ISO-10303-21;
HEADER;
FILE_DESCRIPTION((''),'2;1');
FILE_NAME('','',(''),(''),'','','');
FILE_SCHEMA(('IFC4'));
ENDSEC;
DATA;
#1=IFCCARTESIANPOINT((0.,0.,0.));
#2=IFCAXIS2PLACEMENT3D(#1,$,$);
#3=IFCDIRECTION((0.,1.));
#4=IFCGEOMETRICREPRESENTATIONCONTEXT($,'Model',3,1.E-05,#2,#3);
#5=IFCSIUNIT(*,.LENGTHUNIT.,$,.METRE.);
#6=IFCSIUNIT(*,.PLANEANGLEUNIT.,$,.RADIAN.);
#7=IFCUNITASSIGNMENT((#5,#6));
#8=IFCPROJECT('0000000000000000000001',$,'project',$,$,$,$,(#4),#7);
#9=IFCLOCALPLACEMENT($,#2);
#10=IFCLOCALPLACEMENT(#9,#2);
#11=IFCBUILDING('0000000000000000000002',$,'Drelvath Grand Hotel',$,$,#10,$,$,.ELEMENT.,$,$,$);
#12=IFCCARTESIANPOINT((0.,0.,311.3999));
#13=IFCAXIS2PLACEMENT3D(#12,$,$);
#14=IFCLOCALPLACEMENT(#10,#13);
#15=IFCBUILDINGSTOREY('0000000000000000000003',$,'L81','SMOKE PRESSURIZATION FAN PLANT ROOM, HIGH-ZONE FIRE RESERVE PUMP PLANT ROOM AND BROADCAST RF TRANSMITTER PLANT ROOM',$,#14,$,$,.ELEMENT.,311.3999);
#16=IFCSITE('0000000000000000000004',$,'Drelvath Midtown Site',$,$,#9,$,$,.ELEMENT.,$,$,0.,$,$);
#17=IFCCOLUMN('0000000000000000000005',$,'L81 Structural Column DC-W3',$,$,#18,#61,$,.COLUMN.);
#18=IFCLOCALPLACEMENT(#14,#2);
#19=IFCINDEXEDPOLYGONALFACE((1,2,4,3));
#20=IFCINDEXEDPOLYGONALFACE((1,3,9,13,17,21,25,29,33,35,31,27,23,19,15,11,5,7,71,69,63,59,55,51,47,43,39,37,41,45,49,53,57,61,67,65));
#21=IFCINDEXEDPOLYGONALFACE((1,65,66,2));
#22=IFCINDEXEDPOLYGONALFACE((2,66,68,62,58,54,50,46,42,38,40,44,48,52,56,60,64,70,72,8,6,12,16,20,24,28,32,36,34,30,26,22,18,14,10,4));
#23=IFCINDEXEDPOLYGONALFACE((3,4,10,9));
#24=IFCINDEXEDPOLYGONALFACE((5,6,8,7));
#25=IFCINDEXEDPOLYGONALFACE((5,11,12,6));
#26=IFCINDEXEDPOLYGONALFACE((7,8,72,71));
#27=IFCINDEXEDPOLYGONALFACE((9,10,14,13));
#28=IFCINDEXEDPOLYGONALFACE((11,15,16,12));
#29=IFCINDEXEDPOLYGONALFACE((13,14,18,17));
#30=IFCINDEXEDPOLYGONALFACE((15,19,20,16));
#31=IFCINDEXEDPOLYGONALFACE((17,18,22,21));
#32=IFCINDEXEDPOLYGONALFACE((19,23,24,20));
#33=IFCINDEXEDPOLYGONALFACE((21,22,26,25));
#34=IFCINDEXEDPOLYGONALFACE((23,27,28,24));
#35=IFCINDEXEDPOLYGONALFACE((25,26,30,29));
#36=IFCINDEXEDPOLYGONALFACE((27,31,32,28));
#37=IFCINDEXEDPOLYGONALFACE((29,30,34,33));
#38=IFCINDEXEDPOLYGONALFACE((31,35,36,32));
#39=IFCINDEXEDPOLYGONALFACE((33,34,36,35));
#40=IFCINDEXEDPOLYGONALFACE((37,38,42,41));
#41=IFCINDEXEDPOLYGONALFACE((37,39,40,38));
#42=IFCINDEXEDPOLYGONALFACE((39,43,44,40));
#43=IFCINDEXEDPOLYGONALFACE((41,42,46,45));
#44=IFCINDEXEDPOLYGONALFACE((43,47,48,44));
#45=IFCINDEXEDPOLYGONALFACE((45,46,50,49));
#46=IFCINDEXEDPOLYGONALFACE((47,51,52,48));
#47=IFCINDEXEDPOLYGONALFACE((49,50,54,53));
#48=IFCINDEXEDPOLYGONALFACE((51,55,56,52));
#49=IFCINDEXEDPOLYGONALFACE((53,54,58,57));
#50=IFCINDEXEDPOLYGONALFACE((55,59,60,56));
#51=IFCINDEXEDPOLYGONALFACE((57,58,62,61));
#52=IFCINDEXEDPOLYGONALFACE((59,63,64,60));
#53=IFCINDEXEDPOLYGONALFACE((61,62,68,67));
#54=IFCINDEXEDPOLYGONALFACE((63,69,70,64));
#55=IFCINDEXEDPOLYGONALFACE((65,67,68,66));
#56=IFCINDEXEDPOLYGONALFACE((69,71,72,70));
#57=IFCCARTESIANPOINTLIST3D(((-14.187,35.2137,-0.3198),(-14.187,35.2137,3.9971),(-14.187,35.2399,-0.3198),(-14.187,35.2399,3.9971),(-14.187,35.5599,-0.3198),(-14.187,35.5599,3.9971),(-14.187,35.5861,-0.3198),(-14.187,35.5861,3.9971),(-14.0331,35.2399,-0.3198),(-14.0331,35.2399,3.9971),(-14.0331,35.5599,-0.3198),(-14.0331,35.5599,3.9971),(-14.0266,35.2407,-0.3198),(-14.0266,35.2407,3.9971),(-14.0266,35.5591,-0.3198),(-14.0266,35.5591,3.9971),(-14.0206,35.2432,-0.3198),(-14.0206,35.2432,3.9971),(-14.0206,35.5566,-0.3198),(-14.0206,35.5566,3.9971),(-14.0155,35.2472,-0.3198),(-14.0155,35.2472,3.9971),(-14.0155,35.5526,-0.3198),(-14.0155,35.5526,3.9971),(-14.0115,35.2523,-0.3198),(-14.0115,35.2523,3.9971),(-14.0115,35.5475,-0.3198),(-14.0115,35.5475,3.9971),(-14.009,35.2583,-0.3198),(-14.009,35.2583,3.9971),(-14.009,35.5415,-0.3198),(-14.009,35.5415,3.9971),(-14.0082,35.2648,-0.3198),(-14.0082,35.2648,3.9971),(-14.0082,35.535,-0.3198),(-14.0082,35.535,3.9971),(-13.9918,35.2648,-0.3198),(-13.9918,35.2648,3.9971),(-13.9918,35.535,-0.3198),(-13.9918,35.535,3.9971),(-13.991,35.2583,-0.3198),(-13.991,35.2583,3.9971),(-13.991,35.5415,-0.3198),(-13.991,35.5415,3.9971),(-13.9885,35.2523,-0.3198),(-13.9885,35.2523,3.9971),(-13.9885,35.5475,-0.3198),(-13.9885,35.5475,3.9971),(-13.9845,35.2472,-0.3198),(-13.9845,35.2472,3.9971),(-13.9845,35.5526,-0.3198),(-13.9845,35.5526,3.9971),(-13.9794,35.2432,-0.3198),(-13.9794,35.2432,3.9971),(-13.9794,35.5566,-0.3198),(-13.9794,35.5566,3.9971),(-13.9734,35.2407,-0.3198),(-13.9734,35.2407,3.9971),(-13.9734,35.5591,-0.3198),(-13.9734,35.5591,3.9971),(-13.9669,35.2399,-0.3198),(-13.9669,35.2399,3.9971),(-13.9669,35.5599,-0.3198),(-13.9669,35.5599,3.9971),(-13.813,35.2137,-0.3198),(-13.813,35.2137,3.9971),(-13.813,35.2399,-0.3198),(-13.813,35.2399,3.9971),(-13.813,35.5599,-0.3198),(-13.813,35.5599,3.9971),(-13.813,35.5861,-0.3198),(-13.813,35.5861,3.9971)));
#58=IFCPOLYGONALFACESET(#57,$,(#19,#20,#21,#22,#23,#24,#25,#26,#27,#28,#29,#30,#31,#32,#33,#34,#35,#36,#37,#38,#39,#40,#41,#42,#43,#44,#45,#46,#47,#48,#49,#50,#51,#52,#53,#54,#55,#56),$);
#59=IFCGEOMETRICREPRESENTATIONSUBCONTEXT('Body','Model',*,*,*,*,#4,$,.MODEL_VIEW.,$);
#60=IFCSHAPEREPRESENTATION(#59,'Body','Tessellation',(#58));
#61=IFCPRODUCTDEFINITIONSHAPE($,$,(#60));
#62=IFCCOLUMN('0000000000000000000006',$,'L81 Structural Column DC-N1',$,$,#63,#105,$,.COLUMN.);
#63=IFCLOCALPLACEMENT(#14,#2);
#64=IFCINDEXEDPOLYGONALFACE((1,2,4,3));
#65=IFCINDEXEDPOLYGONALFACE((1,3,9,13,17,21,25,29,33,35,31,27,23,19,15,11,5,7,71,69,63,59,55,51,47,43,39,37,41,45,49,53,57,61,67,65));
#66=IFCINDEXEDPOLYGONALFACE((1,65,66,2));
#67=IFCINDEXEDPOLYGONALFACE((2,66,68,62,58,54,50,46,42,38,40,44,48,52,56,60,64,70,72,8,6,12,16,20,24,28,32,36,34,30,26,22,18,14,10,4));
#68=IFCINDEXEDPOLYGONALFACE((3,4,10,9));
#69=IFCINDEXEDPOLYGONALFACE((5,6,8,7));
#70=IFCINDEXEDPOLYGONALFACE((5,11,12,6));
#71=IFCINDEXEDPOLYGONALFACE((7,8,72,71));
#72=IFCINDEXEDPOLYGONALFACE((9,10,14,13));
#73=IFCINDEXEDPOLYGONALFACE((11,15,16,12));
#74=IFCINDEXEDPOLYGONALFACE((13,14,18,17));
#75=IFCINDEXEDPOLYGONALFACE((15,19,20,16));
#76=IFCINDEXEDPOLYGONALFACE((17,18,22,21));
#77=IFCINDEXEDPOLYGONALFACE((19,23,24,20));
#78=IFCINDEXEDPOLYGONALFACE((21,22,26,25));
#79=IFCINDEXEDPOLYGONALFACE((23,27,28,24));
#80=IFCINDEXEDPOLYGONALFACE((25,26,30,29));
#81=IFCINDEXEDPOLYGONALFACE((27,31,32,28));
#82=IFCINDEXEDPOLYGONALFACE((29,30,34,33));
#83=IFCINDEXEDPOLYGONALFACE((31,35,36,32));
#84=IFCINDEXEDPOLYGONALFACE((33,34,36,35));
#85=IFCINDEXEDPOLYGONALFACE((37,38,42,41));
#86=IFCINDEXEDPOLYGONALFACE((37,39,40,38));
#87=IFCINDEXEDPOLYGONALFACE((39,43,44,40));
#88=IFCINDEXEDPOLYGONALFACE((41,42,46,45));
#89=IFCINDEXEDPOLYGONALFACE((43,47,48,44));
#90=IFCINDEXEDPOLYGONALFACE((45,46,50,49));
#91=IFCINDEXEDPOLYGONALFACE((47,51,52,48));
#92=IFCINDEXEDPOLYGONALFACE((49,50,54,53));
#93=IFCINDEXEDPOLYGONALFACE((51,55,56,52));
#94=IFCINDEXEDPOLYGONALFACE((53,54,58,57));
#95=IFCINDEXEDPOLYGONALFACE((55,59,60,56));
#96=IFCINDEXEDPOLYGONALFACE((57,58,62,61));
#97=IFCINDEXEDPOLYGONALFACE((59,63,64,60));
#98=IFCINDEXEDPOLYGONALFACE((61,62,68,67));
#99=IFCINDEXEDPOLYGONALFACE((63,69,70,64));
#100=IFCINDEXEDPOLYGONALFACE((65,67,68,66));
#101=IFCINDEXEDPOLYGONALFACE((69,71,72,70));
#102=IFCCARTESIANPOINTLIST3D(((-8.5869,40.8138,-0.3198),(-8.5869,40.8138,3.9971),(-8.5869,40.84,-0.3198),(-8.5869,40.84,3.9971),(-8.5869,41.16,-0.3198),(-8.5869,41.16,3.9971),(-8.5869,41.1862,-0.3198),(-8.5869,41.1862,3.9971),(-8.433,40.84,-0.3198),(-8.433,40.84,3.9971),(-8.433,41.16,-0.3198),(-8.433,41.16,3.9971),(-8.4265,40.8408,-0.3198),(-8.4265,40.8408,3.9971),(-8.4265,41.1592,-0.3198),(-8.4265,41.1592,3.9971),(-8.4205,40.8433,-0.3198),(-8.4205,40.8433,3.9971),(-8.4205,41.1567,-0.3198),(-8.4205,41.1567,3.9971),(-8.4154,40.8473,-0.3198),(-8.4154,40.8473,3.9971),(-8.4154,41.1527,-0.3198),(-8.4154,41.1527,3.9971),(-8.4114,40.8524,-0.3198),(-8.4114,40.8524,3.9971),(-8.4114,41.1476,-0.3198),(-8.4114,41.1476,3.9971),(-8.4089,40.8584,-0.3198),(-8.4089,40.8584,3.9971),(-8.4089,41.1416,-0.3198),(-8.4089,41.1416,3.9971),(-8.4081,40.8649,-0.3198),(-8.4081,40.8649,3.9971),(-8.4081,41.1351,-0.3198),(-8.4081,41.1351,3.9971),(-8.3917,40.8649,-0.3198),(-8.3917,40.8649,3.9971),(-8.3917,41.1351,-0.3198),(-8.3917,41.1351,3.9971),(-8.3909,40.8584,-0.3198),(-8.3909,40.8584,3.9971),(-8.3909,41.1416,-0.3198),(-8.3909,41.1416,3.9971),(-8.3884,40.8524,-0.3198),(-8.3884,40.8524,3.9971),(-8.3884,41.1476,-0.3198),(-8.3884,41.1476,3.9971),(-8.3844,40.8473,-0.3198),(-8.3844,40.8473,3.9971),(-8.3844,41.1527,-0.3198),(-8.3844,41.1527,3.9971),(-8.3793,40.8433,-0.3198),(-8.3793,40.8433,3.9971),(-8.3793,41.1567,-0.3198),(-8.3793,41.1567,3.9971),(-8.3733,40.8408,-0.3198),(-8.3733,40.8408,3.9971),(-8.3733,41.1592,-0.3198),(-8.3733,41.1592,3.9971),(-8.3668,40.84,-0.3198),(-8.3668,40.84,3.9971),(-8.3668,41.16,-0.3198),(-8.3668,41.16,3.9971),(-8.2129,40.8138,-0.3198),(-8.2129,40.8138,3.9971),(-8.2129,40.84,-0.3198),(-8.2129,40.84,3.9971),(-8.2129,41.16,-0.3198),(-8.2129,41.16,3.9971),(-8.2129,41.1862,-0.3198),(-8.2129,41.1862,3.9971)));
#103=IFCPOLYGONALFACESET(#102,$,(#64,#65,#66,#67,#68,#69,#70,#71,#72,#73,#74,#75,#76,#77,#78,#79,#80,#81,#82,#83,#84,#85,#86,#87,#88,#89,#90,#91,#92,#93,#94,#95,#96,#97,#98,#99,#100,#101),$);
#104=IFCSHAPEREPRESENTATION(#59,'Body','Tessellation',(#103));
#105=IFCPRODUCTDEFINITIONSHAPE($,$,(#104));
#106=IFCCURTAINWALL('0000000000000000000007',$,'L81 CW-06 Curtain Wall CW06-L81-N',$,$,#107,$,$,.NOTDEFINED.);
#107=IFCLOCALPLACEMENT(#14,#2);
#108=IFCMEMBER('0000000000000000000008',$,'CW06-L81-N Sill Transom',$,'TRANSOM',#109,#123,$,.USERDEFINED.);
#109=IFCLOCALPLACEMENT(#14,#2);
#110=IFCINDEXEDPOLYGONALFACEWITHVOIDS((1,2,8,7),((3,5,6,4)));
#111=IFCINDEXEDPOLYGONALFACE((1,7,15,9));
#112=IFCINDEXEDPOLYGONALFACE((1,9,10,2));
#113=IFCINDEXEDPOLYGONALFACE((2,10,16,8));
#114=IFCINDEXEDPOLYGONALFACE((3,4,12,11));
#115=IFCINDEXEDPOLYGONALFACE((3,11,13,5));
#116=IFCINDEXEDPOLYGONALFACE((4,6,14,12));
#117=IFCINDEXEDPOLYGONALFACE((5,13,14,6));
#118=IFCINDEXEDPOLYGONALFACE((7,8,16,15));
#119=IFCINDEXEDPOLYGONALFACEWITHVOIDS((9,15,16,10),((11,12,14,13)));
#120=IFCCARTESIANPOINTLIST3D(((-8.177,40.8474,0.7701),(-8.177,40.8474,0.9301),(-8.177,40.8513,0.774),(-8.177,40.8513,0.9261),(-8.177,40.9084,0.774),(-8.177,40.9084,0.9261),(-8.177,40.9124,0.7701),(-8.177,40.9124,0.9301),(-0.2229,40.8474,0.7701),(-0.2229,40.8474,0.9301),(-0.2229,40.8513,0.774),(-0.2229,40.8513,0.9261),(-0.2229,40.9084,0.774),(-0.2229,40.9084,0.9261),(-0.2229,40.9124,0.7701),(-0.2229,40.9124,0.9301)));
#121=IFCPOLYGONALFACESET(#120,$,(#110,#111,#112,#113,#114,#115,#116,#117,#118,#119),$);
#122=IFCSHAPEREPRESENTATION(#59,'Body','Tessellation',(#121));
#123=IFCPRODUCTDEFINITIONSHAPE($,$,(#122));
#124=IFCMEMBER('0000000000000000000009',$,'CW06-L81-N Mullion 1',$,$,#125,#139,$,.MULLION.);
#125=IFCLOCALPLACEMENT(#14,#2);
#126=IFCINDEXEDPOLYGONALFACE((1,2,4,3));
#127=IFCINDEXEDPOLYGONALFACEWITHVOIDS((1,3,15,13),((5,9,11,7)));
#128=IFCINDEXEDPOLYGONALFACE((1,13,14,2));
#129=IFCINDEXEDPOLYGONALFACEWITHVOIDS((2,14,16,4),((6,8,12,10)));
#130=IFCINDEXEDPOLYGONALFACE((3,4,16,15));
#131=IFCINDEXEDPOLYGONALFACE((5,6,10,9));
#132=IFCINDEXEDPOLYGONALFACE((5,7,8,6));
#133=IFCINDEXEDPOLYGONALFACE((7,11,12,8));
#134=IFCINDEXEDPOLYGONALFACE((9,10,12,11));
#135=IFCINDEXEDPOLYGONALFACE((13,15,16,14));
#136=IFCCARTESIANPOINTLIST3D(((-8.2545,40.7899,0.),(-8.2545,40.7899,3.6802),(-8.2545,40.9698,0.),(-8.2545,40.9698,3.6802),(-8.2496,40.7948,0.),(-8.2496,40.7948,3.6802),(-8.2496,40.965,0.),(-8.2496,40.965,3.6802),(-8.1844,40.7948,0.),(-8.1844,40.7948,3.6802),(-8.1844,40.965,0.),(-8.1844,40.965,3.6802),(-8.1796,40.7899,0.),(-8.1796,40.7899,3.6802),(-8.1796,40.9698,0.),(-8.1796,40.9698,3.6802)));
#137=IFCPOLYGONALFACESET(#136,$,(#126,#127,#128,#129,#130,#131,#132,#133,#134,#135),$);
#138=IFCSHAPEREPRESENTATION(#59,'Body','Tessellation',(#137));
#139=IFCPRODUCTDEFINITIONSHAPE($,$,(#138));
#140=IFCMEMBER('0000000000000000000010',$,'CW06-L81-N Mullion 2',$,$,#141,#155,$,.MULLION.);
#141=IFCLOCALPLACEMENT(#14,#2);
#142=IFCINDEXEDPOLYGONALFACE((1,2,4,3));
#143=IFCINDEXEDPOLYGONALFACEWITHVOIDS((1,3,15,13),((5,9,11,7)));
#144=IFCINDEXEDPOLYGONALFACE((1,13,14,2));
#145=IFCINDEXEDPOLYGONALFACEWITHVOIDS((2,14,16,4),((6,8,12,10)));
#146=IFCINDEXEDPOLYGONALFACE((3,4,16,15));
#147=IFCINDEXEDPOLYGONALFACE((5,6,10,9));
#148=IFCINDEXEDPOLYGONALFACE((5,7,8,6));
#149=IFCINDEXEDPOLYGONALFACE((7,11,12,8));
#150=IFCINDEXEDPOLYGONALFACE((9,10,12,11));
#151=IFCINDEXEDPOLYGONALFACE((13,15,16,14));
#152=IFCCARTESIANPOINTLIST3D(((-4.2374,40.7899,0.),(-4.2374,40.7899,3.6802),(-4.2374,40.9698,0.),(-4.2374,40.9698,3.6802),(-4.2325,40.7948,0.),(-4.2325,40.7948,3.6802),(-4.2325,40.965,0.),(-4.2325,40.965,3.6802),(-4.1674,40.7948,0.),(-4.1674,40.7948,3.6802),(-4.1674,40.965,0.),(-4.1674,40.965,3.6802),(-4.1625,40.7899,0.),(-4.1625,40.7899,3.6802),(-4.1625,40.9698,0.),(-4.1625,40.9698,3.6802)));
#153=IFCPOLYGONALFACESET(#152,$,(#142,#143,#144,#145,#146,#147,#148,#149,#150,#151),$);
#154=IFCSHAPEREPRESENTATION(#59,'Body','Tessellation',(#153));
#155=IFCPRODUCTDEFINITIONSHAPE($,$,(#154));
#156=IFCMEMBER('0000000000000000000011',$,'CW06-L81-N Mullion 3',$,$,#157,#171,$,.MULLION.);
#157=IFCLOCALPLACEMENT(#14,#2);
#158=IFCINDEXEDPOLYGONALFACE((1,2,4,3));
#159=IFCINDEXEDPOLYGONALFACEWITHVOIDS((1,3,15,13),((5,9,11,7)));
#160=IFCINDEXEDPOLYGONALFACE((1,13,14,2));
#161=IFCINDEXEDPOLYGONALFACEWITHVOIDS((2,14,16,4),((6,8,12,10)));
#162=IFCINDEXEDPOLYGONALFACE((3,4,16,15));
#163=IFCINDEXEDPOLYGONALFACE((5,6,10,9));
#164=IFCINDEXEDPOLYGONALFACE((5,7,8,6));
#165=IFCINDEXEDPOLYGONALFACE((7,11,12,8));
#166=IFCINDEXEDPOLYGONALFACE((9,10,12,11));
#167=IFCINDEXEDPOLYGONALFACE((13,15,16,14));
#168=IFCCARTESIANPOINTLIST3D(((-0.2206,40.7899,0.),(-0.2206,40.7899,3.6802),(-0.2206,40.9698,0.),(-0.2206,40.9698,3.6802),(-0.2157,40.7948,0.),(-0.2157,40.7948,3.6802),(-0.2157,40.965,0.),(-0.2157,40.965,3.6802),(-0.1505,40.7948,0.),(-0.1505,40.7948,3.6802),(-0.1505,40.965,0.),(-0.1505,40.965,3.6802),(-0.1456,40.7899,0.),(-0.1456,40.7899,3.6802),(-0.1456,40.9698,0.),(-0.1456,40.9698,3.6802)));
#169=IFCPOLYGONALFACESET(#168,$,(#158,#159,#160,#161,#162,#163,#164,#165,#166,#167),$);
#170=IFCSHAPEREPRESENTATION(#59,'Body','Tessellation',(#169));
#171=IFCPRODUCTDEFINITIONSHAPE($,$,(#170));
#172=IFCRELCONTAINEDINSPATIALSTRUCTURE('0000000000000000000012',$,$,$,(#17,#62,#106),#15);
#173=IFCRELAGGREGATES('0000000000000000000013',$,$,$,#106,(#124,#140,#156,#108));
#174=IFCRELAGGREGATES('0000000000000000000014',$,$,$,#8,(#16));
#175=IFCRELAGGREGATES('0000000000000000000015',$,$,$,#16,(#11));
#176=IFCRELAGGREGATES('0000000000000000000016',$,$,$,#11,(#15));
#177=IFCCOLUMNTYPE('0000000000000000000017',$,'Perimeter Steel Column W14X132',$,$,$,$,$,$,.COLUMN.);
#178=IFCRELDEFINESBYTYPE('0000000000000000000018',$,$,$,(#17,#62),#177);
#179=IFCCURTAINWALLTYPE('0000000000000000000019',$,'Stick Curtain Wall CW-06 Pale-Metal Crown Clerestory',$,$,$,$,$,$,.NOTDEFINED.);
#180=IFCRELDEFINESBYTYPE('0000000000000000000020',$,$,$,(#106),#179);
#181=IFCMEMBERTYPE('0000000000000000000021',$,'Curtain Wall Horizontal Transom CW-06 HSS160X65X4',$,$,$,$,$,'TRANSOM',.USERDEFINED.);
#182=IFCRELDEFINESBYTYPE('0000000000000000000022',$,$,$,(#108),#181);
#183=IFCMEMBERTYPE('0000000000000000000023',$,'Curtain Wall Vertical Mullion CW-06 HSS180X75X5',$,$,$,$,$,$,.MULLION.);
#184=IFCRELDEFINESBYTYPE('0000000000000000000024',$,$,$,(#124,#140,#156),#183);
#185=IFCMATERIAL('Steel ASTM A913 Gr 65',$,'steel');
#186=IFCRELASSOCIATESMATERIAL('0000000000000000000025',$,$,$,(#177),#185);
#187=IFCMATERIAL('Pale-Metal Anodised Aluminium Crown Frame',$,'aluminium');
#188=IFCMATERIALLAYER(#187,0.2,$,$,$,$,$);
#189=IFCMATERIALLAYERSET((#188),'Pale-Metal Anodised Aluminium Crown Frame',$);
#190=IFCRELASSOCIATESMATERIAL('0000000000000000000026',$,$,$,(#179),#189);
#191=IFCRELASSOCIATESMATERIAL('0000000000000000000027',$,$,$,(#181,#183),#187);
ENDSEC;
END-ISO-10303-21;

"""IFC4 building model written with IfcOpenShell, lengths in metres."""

from ifc_helpers import new_model, si_unit, direction, frame, origin, origin_2d, place, context, subcontext, project, spatial, hollow_rectangle, i_section, extrude, material, layer, layer_set, material_profile, profile_set, type_object, element, aggregate, save


model = new_model("IFC4")

# Units and contexts
model_context = context("Model", 3, precision=1e-05, world=origin(), true_north=direction((0.0, 1.0)))
body_context = subcontext(model_context, "Body", "Model", "MODEL_VIEW")
ifc_project = project(units=[si_unit("LENGTHUNIT", "METRE"), si_unit("PLANEANGLEUNIT", "RADIAN")], contexts=[model_context])

# Site, building, storey
site_placement = place(None, origin())
site = spatial("IfcSite", under=ifc_project, at=site_placement, Name="Drelvath Midtown Site", CompositionType="ELEMENT", RefElevation=0.0)
building_placement = place(site_placement, origin())
building = spatial("IfcBuilding", under=site, at=building_placement, Name="Drelvath Grand Hotel", CompositionType="ELEMENT")
storey_placement = place(building_placement, frame((0.0, 0.0, 311.3999)))
storey = spatial("IfcBuildingStorey", under=building, at=storey_placement, Name="L81", Description="SMOKE PRESSURIZATION FAN PLANT ROOM, HIGH-ZONE FIRE RESERVE PUMP PLANT ROOM AND BROADCAST RF TRANSMITTER PLANT ROOM", CompositionType="ELEMENT", Elevation=311.3999)

# Columns
ifc_material_1 = material(Name="Steel ASTM A913 Gr 65", Category="steel")
ifc_material_profile_1 = material_profile(ifc_material_1, i_section(OverallWidth=0.374, OverallDepth=0.3723, WebThickness=0.0164, FlangeThickness=0.0261, FilletRadius=0.0249, at=origin_2d()), Name="W14X132")
ifc_profile_set_1 = profile_set([ifc_material_profile_1], Name="Steel ASTM A913 Gr 65")
column_type = type_object("IfcColumnType", Name="Perimeter Steel Column W14X132", PredefinedType="COLUMN", material=ifc_profile_set_1)
for number, where, z_axis, x_axis, name in (
    (1, (-14.0, 35.3999, -0.3198), (0.0, 0.0, 1.0), (1.0, 0.0, 0.0), "L81 Structural Column DC-W3"),
    (2, (-8.3999, 41.0, -0.3198), (0.0, 0.0, 1.0), (1.0, 0.0, 0.0), "L81 Structural Column DC-N1"),
):
    element("IfcColumn", number, at=place(storey_placement, frame(where, z_axis=z_axis, x_axis=x_axis)), inside=storey, type_object=column_type, Name=name, PredefinedType="COLUMN", context=body_context, shape_type="SweptSolid", body=[
        extrude(i_section(OverallWidth=0.374, OverallDepth=0.3723, WebThickness=0.0164, FlangeThickness=0.0261, FilletRadius=0.0249, at=origin_2d()), origin(), (0.0, 0.0, 1.0), 4.3169),
    ])

# Curtain wall, members
ifc_material_2 = material(Name="Pale-Metal Anodised Aluminium Crown Frame", Category="aluminium")
ifc_layer_1 = layer(ifc_material_2, 0.2)
ifc_layer_set_1 = layer_set([ifc_layer_1], Name="Pale-Metal Anodised Aluminium Crown Frame")
curtain_wall_type = type_object("IfcCurtainWallType", Name="Stick Curtain Wall CW-06 Pale-Metal Crown Clerestory", PredefinedType="NOTDEFINED", material=ifc_layer_set_1)
curtain_wall_placement = place(storey_placement, origin())
curtain_wall = element("IfcCurtainWall", 3, at=curtain_wall_placement, inside=storey, type_object=curtain_wall_type, Name="L81 CW-06 Curtain Wall CW06-L81-N", PredefinedType="NOTDEFINED")
ifc_material_profile_2 = material_profile(ifc_material_2, hollow_rectangle(XDim=0.0649, YDim=0.1599, WallThickness=0.0039, at=origin_2d()), Name="HSS160X65X4")
ifc_profile_set_2 = profile_set([ifc_material_profile_2], Name="Pale-Metal Anodised Aluminium Crown Frame")
member_type_1 = type_object("IfcMemberType", Name="Curtain Wall Horizontal Transom CW-06 HSS160X65X4", ElementType="TRANSOM", PredefinedType="USERDEFINED", material=ifc_profile_set_2)
member_1_placement = place(storey_placement, frame((-8.177, 40.8799, 0.8501), z_axis=(1.0, 0.0, 0.0), x_axis=(0.0, 1.0, 0.0)))
member_1 = element("IfcMember", 4, at=member_1_placement, type_object=member_type_1, Name="CW06-L81-N Sill Transom", ObjectType="TRANSOM", PredefinedType="USERDEFINED", context=body_context, shape_type="SweptSolid", body=[
    extrude(hollow_rectangle(XDim=0.0649, YDim=0.1599, WallThickness=0.0039, at=origin_2d()), origin(), (0.0, 0.0, 1.0), 7.9541),
])
ifc_material_profile_3 = material_profile(ifc_material_2, hollow_rectangle(XDim=0.075, YDim=0.1799, WallThickness=0.0049, at=origin_2d()), Name="HSS180X75X5")
ifc_profile_set_3 = profile_set([ifc_material_profile_3], Name="Pale-Metal Anodised Aluminium Crown Frame")
member_type_2 = type_object("IfcMemberType", Name="Curtain Wall Vertical Mullion CW-06 HSS180X75X5", PredefinedType="MULLION", material=ifc_profile_set_3)
member_2_placement = place(storey_placement, frame((-8.217, 40.8799, 0.0), z_axis=(0.0, 0.0, 1.0), x_axis=(1.0, 0.0, 0.0)))
member_2 = element("IfcMember", 5, at=member_2_placement, type_object=member_type_2, Name="CW06-L81-N Mullion 1", PredefinedType="MULLION", context=body_context, shape_type="SweptSolid", body=[
    extrude(hollow_rectangle(XDim=0.075, YDim=0.1799, WallThickness=0.0049, at=origin_2d()), origin(), (0.0, 0.0, 1.0), 3.6802),
])
member_3_placement = place(storey_placement, frame((-4.2, 40.8799, 0.0), z_axis=(0.0, 0.0, 1.0), x_axis=(1.0, 0.0, 0.0)))
member_3 = element("IfcMember", 6, at=member_3_placement, type_object=member_type_2, Name="CW06-L81-N Mullion 2", PredefinedType="MULLION", context=body_context, shape_type="SweptSolid", body=[
    extrude(hollow_rectangle(XDim=0.075, YDim=0.1799, WallThickness=0.0049, at=origin_2d()), origin(), (0.0, 0.0, 1.0), 3.6802),
])
member_4_placement = place(storey_placement, frame((-0.1831, 40.8799, 0.0), z_axis=(0.0, 0.0, 1.0), x_axis=(1.0, 0.0, 0.0)))
member_4 = element("IfcMember", 7, at=member_4_placement, type_object=member_type_2, Name="CW06-L81-N Mullion 3", PredefinedType="MULLION", context=body_context, shape_type="SweptSolid", body=[
    extrude(hollow_rectangle(XDim=0.075, YDim=0.1799, WallThickness=0.0049, at=origin_2d()), origin(), (0.0, 0.0, 1.0), 3.6802),
])

aggregate(curtain_wall, [member_2, member_3, member_4, member_1])

save(model, "model.ifc")
